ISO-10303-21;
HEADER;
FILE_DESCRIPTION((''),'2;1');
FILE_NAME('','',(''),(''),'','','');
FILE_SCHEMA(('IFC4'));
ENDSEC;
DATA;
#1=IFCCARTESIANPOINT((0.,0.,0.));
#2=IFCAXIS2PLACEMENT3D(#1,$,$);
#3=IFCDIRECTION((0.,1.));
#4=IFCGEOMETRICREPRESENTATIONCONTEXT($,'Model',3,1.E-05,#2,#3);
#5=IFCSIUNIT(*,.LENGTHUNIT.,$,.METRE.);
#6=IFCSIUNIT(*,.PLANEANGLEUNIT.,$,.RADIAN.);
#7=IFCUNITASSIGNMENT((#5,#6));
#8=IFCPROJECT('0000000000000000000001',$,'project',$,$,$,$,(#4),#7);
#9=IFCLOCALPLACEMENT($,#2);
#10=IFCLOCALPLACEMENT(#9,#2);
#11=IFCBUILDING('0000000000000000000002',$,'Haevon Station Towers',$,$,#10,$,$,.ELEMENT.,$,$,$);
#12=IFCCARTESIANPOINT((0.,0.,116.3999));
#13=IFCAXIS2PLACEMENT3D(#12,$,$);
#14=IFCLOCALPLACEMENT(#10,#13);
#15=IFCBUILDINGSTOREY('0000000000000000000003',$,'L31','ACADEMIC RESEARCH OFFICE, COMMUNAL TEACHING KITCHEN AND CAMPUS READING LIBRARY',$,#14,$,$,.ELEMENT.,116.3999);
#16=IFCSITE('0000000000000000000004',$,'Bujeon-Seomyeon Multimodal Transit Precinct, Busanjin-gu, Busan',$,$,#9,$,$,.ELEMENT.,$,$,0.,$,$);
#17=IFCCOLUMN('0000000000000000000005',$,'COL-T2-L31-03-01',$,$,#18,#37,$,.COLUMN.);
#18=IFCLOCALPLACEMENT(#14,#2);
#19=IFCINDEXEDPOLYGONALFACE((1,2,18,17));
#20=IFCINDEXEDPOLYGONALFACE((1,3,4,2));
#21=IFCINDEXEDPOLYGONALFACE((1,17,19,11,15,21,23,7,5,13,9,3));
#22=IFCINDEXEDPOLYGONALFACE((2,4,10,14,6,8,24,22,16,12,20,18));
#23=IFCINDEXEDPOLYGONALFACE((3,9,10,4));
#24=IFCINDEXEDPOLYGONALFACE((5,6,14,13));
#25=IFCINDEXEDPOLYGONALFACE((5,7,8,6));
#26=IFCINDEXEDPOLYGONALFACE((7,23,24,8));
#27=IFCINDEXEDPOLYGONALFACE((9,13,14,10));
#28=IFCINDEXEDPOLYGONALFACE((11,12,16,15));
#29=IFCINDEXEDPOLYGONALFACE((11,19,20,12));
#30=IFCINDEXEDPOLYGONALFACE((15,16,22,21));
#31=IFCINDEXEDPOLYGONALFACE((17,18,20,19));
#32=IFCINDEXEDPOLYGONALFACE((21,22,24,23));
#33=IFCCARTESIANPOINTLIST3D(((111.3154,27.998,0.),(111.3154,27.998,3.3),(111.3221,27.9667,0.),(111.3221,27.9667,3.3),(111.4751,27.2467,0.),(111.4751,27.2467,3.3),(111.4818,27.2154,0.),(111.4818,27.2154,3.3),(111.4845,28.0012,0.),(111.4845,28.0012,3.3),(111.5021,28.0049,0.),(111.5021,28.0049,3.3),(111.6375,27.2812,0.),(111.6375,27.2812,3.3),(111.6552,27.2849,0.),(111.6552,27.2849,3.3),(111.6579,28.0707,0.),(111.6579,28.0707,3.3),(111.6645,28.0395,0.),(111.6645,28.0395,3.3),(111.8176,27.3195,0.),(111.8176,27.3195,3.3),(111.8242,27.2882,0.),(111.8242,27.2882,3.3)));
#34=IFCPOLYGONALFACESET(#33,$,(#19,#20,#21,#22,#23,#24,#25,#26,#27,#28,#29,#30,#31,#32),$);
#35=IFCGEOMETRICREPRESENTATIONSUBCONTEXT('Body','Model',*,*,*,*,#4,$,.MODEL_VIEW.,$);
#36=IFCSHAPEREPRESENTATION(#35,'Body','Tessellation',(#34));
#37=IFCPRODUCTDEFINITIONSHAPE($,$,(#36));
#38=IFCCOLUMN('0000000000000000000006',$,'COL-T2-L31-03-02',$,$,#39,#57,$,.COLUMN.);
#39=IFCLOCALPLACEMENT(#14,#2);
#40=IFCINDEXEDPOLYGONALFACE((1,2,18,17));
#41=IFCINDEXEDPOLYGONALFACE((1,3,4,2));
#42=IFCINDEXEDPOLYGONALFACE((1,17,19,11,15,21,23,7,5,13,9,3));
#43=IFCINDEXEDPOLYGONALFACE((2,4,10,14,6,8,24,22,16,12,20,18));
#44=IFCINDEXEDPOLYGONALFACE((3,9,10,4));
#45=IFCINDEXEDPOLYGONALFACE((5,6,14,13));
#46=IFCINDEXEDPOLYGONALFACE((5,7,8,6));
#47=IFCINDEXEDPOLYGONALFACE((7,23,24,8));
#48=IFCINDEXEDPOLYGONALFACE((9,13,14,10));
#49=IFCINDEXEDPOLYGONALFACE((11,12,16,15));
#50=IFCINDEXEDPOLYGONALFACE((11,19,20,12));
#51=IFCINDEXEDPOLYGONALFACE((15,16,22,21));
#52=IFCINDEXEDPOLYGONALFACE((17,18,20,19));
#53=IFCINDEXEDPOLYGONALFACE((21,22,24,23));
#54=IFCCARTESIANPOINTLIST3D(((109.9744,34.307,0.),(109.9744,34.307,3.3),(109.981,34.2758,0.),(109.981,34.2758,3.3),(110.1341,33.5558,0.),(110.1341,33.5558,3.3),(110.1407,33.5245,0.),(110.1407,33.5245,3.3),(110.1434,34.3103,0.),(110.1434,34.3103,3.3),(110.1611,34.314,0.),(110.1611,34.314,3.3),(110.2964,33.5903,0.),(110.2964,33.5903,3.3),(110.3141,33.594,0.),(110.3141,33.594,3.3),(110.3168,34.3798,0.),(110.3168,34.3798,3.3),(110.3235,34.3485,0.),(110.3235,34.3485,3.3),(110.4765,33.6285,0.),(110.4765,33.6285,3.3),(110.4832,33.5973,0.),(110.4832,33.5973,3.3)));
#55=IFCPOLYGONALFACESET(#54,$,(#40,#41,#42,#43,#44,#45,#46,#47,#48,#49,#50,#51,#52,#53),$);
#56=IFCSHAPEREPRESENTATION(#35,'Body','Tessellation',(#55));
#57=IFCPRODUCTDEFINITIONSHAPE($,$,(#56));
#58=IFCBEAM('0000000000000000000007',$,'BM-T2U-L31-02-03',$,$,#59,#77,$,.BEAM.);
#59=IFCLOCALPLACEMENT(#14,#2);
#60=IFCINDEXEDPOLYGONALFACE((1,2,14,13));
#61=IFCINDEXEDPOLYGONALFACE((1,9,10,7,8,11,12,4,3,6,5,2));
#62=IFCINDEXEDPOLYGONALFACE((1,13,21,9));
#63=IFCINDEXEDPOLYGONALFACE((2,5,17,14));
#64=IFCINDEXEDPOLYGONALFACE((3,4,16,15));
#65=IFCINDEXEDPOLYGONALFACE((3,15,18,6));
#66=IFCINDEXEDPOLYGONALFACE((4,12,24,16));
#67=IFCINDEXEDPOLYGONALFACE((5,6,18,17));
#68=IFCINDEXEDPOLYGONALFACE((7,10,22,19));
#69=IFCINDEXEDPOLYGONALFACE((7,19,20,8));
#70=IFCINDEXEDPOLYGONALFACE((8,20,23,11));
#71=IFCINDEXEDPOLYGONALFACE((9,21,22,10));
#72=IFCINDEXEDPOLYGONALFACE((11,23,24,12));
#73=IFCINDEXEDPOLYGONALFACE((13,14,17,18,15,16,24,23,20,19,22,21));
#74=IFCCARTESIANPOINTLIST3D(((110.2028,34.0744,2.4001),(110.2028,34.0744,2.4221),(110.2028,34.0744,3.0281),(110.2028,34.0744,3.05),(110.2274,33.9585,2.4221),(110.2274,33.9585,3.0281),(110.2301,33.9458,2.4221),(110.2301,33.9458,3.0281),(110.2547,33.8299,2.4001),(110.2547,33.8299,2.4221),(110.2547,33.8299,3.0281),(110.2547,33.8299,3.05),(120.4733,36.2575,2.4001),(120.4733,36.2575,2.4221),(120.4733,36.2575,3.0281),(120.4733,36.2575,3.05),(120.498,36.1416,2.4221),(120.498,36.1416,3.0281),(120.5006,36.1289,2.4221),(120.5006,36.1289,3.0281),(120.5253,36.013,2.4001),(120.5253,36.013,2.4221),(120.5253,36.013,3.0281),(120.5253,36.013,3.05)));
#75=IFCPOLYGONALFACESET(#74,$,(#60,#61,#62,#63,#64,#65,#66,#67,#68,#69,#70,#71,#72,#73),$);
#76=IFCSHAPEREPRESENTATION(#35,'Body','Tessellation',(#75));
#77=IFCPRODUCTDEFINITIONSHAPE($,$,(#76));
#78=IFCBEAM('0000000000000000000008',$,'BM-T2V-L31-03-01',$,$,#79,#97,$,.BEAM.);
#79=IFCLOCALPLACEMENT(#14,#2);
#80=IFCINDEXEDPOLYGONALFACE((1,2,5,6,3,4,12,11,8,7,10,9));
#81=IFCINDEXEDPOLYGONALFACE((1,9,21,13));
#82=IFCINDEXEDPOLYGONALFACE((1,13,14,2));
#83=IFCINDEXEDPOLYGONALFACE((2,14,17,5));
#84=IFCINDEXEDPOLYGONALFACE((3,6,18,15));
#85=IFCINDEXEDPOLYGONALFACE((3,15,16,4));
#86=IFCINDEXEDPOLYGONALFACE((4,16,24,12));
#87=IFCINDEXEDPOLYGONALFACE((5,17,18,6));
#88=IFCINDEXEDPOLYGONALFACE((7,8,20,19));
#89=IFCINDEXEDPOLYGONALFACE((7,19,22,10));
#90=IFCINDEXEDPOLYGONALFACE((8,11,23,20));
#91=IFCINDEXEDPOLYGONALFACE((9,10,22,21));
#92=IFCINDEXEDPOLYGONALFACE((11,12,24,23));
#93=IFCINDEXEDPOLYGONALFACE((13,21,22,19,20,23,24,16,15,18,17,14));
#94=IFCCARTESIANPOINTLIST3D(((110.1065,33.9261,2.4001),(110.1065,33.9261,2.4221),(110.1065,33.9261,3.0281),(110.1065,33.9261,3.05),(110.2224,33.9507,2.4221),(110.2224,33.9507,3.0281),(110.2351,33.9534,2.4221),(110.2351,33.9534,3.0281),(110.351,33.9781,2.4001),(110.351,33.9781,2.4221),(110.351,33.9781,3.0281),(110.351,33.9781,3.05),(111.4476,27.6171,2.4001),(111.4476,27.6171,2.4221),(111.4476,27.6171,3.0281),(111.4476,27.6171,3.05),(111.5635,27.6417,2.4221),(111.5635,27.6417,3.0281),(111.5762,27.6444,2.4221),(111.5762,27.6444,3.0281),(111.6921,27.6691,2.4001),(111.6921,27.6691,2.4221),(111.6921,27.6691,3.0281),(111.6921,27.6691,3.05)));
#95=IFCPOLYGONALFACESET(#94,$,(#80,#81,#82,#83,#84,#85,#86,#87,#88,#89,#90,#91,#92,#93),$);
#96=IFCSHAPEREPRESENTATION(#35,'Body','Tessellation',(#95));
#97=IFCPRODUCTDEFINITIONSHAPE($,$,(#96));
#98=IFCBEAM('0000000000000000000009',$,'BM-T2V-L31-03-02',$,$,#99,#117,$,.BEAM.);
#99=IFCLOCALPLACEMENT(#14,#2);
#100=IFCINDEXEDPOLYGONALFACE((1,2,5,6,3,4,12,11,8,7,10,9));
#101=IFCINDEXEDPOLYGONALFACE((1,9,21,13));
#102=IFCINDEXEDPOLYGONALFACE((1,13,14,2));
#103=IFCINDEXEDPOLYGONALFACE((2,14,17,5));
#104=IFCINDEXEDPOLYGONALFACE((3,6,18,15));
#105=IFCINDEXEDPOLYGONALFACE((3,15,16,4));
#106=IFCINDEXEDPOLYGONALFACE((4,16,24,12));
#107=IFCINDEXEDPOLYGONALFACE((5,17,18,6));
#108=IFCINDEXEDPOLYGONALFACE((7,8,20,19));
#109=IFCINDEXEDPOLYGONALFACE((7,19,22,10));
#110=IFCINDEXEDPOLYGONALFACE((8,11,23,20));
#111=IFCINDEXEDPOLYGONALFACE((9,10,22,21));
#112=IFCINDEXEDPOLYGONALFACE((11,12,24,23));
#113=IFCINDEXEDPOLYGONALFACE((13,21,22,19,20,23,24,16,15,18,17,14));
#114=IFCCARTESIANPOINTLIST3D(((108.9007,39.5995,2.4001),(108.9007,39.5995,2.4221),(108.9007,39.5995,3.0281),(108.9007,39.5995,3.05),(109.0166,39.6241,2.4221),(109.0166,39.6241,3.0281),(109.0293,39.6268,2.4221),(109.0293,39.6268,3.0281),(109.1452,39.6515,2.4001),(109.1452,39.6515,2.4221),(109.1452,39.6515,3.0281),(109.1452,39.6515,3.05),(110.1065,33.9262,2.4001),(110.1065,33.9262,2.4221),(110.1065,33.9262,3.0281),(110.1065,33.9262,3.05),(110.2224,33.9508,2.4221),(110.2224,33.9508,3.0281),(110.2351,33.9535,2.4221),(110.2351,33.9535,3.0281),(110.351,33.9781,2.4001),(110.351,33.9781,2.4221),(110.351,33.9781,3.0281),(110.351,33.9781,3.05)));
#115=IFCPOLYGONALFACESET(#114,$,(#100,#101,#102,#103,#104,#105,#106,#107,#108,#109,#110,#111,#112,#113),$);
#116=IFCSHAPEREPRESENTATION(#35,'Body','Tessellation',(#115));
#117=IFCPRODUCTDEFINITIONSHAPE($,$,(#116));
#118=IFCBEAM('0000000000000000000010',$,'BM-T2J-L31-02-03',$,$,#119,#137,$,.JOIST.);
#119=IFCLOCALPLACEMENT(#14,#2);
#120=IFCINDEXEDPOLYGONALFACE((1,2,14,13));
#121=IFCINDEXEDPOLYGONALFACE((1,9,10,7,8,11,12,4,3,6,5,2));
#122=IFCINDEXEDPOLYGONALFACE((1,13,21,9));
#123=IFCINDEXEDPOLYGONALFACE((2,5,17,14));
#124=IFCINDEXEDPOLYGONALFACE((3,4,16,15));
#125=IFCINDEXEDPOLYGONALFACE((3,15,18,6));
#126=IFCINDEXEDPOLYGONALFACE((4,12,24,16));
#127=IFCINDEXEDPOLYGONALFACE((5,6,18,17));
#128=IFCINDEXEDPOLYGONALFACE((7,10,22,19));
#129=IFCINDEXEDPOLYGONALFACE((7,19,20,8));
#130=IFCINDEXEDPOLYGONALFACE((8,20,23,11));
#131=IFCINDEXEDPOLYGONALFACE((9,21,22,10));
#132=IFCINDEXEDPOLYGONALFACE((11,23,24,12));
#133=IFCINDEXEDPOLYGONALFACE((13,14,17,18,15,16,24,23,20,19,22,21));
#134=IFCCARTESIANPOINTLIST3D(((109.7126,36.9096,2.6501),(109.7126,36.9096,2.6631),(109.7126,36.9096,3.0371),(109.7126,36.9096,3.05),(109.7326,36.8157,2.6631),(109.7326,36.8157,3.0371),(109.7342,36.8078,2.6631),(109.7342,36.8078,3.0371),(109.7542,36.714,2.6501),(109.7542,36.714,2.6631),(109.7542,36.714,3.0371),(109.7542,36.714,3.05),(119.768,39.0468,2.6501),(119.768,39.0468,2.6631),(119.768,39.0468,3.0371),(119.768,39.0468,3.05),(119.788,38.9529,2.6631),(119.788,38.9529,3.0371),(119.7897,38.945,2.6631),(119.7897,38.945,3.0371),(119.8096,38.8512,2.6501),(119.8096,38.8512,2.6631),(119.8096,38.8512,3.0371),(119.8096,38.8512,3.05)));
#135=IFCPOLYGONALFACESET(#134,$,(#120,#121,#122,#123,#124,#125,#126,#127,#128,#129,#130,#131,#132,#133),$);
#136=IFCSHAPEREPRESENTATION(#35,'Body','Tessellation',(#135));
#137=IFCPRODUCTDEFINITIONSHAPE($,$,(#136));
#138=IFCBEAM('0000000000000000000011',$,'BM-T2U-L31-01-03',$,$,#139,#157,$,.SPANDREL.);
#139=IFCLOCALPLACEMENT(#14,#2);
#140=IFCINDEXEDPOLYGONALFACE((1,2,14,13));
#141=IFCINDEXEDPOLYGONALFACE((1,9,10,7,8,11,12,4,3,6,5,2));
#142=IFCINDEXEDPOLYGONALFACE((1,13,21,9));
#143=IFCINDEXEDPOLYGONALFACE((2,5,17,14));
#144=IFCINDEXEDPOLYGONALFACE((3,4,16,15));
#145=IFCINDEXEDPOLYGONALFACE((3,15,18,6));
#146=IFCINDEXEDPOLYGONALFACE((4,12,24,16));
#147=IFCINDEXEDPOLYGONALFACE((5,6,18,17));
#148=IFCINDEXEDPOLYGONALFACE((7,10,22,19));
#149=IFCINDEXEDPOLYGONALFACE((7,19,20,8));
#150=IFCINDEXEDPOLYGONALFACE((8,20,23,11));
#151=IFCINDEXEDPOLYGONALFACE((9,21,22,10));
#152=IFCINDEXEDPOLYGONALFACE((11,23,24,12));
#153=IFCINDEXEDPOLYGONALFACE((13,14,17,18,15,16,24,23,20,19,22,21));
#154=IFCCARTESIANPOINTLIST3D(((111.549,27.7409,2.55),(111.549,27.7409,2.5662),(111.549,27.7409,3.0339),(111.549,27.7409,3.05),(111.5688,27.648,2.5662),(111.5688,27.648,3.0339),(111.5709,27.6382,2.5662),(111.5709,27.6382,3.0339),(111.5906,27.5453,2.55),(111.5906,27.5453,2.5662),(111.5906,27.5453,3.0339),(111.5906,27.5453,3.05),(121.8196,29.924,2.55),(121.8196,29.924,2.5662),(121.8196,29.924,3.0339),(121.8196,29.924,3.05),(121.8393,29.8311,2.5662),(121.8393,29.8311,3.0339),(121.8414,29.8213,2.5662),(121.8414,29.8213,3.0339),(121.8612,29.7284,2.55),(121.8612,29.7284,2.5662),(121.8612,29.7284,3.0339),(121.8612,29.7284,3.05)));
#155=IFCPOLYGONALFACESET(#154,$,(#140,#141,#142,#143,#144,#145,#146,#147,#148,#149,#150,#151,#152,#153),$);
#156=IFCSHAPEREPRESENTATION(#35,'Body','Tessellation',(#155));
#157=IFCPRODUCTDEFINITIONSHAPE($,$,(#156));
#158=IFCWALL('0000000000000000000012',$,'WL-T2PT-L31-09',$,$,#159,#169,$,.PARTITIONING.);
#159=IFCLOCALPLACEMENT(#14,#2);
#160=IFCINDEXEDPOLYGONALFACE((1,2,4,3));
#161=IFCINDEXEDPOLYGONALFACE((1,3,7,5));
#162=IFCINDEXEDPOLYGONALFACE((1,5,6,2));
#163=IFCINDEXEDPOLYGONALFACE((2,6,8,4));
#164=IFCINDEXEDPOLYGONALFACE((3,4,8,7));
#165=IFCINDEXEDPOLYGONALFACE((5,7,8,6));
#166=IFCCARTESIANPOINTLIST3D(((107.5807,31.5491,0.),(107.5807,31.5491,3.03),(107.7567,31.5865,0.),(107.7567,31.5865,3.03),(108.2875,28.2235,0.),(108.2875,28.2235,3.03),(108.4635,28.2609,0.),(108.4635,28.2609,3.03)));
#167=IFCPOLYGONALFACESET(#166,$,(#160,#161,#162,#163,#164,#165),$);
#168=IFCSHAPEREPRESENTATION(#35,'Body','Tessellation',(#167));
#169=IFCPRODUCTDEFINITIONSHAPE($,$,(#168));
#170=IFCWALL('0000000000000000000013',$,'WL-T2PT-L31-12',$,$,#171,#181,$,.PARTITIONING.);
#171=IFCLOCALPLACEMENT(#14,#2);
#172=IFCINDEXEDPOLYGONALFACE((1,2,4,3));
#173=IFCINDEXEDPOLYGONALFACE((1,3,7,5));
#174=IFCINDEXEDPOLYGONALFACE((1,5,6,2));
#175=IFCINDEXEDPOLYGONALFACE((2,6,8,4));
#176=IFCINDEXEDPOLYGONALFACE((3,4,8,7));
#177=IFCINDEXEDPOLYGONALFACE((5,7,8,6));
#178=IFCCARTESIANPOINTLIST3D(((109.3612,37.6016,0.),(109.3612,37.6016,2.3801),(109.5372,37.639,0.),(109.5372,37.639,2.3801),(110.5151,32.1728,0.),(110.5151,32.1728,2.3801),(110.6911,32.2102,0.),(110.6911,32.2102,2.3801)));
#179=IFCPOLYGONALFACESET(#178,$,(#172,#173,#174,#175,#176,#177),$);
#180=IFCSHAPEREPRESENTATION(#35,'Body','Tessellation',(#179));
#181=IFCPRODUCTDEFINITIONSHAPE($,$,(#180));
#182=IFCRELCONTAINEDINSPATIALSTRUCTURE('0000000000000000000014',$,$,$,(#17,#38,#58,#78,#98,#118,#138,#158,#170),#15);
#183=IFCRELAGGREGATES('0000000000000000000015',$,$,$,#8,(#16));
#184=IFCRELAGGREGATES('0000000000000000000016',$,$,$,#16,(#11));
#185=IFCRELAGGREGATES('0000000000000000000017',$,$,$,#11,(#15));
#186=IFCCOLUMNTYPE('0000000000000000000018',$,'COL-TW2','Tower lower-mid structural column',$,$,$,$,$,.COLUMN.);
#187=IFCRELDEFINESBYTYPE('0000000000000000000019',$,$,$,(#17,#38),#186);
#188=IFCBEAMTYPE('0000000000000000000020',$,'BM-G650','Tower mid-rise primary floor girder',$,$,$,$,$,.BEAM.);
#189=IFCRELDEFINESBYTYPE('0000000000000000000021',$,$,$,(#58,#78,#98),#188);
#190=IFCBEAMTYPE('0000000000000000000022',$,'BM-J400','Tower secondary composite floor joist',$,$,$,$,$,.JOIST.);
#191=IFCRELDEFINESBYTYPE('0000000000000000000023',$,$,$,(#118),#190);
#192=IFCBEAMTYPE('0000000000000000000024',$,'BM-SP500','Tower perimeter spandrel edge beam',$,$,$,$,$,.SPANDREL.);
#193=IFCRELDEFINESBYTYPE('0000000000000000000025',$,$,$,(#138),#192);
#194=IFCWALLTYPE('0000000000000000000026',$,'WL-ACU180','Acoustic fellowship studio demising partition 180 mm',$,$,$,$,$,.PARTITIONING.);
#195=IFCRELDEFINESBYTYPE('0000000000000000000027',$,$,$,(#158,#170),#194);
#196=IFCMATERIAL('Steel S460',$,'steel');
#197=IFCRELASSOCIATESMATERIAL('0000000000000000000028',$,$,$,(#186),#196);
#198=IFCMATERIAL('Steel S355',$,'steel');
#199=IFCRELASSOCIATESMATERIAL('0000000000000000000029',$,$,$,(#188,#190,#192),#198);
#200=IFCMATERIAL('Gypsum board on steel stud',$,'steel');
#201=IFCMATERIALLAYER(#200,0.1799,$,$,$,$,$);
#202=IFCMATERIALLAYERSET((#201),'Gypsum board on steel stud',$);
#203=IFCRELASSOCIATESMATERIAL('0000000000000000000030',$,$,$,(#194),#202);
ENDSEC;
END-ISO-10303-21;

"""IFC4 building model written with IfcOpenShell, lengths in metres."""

from ifc_helpers import new_model, si_unit, direction, frame, frame_2d, origin, origin_2d, place, context, subcontext, project, spatial, rectangle, i_section, extrude, material, layer, layer_set, material_profile, profile_set, type_object, element, save


model = new_model("IFC4")

# Units and contexts
model_context = context("Model", 3, precision=1e-05, world=origin(), true_north=direction((0.0, 1.0)))
body_context = subcontext(model_context, "Body", "Model", "MODEL_VIEW")
ifc_project = project(units=[si_unit("LENGTHUNIT", "METRE"), si_unit("PLANEANGLEUNIT", "RADIAN")], contexts=[model_context])

# Site, building, storey
site_placement = place(None, origin())
site = spatial("IfcSite", under=ifc_project, at=site_placement, Name="Bujeon-Seomyeon Multimodal Transit Precinct, Busanjin-gu, Busan", CompositionType="ELEMENT", RefElevation=0.0)
building_placement = place(site_placement, origin())
building = spatial("IfcBuilding", under=site, at=building_placement, Name="Haevon Station Towers", CompositionType="ELEMENT")
storey_placement = place(building_placement, frame((0.0, 0.0, 116.3999)))
storey = spatial("IfcBuildingStorey", under=building, at=storey_placement, Name="L31", Description="ACADEMIC RESEARCH OFFICE, COMMUNAL TEACHING KITCHEN AND CAMPUS READING LIBRARY", CompositionType="ELEMENT", Elevation=116.3999)

# Columns
ifc_material_1 = material(Name="Steel S460", Category="steel")
ifc_material_profile_1 = material_profile(ifc_material_1, i_section(OverallWidth=0.3501, OverallDepth=0.8, WebThickness=0.0181, FlangeThickness=0.032, at=origin_2d()), Name="H-800x350x18x32")
ifc_profile_set_1 = profile_set([ifc_material_profile_1], Name="Steel S460")
column_type = type_object("IfcColumnType", Name="COL-TW2", Description="Tower lower-mid structural column", PredefinedType="COLUMN", material=ifc_profile_set_1)
for number, where, z_axis, x_axis, name in (
    (1, (111.5698, 27.6431, 0.0), (0.0, 0.0, 1.0), (0.978148, 0.207912, 0.0), "COL-T2-L31-03-01"),
    (2, (110.2288, 33.9521, 0.0), (0.0, 0.0, 1.0), (0.978148, 0.207912, 0.0), "COL-T2-L31-03-02"),
):
    element("IfcColumn", number, at=place(storey_placement, frame(where, z_axis=z_axis, x_axis=x_axis)), inside=storey, type_object=column_type, Name=name, PredefinedType="COLUMN", context=body_context, shape_type="SweptSolid", body=[
        extrude(i_section(OverallWidth=0.3501, OverallDepth=0.8, WebThickness=0.0181, FlangeThickness=0.032, at=origin_2d()), origin(), (0.0, 0.0, 1.0), 3.3),
    ])

# Beams
ifc_material_2 = material(Name="Steel S355", Category="steel")
ifc_material_profile_2 = material_profile(ifc_material_2, i_section(OverallWidth=0.25, OverallDepth=0.6499, WebThickness=0.0129, FlangeThickness=0.022, at=origin_2d()), Name="H-650x250x13x22")
ifc_profile_set_2 = profile_set([ifc_material_profile_2], Name="Steel S355")
beam_type_1 = type_object("IfcBeamType", Name="BM-G650", Description="Tower mid-rise primary floor girder", PredefinedType="BEAM", material=ifc_profile_set_2)
beam_1_placement = place(storey_placement, frame((110.2288, 33.9521, 2.7251), z_axis=(0.978147, 0.207915, 0.0), x_axis=(-0.207915, 0.978147, 0.0)))
element("IfcBeam", 3, at=beam_1_placement, inside=storey, type_object=beam_type_1, Name="BM-T2U-L31-02-03", PredefinedType="BEAM", context=body_context, shape_type="SweptSolid", body=[
    extrude(i_section(OverallWidth=0.25, OverallDepth=0.6499, WebThickness=0.0129, FlangeThickness=0.022, at=origin_2d()), origin(), (0.0, 0.0, 1.0), 10.5),
])
beam_2_placement = place(storey_placement, frame((111.5698, 27.6431, 2.7251), z_axis=(-0.207916, 0.978147, 0.0), x_axis=(-0.978147, -0.207916, 0.0)))
element("IfcBeam", 4, at=beam_2_placement, inside=storey, type_object=beam_type_1, Name="BM-T2V-L31-03-01", PredefinedType="BEAM", context=body_context, shape_type="SweptSolid", body=[
    extrude(i_section(OverallWidth=0.25, OverallDepth=0.6499, WebThickness=0.0129, FlangeThickness=0.022, at=origin_2d()), origin(), (0.0, 0.0, 1.0), 6.45),
])
beam_3_placement = place(storey_placement, frame((110.2288, 33.9521, 2.7251), z_axis=(-0.207896, 0.978151, 0.0), x_axis=(-0.978151, -0.207896, 0.0)))
element("IfcBeam", 5, at=beam_3_placement, inside=storey, type_object=beam_type_1, Name="BM-T2V-L31-03-02", PredefinedType="BEAM", context=body_context, shape_type="SweptSolid", body=[
    extrude(i_section(OverallWidth=0.25, OverallDepth=0.6499, WebThickness=0.0129, FlangeThickness=0.022, at=origin_2d()), origin(), (0.0, 0.0, 1.0), 5.8),
])
ifc_material_profile_3 = material_profile(ifc_material_2, i_section(OverallWidth=0.2, OverallDepth=0.3999, WebThickness=0.0081, FlangeThickness=0.0129, at=origin_2d()), Name="H-400x200x8x13")
ifc_profile_set_3 = profile_set([ifc_material_profile_3], Name="Steel S355")
beam_type_2 = type_object("IfcBeamType", Name="BM-J400", Description="Tower secondary composite floor joist", PredefinedType="JOIST", material=ifc_profile_set_3)
beam_4_placement = place(storey_placement, frame((109.7334, 36.8118, 2.8501), z_axis=(0.97815, 0.207899, 0.0), x_axis=(-0.207899, 0.97815, 0.0)))
element("IfcBeam", 6, at=beam_4_placement, inside=storey, type_object=beam_type_2, Name="BM-T2J-L31-02-03", PredefinedType="JOIST", context=body_context, shape_type="SweptSolid", body=[
    extrude(i_section(OverallWidth=0.2, OverallDepth=0.3999, WebThickness=0.0081, FlangeThickness=0.0129, at=origin_2d()), origin(), (0.0, 0.0, 1.0), 10.28),
])
ifc_material_profile_4 = material_profile(ifc_material_2, i_section(OverallWidth=0.2, OverallDepth=0.5, WebThickness=0.01, FlangeThickness=0.0161, at=origin_2d()), Name="H-500x200x10x16")
ifc_profile_set_4 = profile_set([ifc_material_profile_4], Name="Steel S355")
beam_type_3 = type_object("IfcBeamType", Name="BM-SP500", Description="Tower perimeter spandrel edge beam", PredefinedType="SPANDREL", material=ifc_profile_set_4)
beam_5_placement = place(storey_placement, frame((111.5698, 27.6431, 2.8), z_axis=(0.978147, 0.207915, 0.0), x_axis=(-0.207915, 0.978147, 0.0)))
element("IfcBeam", 7, at=beam_5_placement, inside=storey, type_object=beam_type_3, Name="BM-T2U-L31-01-03", PredefinedType="SPANDREL", context=body_context, shape_type="SweptSolid", body=[
    extrude(i_section(OverallWidth=0.2, OverallDepth=0.5, WebThickness=0.01, FlangeThickness=0.0161, at=origin_2d()), origin(), (0.0, 0.0, 1.0), 10.5),
])

# Walls
ifc_material_3 = material(Name="Gypsum board on steel stud", Category="steel")
ifc_layer_1 = layer(ifc_material_3, 0.1799)
ifc_layer_set_1 = layer_set([ifc_layer_1], Name="Gypsum board on steel stud")
wall_type_1 = type_object("IfcWallType", Name="WL-ACU180", Description="Acoustic fellowship studio demising partition 180 mm", PredefinedType="PARTITIONING", material=ifc_layer_set_1)
wall_1_placement = place(storey_placement, frame((108.3755, 28.2422, 0.0), z_axis=(0.0, 0.0, 1.0), x_axis=(-0.207881, 0.978154, 0.0)))
element("IfcWall", 8, at=wall_1_placement, inside=storey, type_object=wall_type_1, Name="WL-T2PT-L31-09", PredefinedType="PARTITIONING", context=body_context, shape_type="SweptSolid", body=[
    extrude(rectangle(XDim=3.3999, YDim=0.1799, at=frame_2d((1.7, 0.0))), origin(), (0.0, 0.0, 1.0), 3.03),
])
wall_2_placement = place(storey_placement, frame((110.603, 32.1917, 0.0), z_axis=(0.0, 0.0, 1.0), x_axis=(-0.207895, 0.978151, 0.0)))
element("IfcWall", 9, at=wall_2_placement, inside=storey, type_object=wall_type_1, Name="WL-T2PT-L31-12", PredefinedType="PARTITIONING", context=body_context, shape_type="SweptSolid", body=[
    extrude(rectangle(XDim=5.55, YDim=0.1799, at=frame_2d((2.7749, 0.0))), origin(), (0.0, 0.0, 1.0), 2.3801),
])

save(model, "model.ifc")
